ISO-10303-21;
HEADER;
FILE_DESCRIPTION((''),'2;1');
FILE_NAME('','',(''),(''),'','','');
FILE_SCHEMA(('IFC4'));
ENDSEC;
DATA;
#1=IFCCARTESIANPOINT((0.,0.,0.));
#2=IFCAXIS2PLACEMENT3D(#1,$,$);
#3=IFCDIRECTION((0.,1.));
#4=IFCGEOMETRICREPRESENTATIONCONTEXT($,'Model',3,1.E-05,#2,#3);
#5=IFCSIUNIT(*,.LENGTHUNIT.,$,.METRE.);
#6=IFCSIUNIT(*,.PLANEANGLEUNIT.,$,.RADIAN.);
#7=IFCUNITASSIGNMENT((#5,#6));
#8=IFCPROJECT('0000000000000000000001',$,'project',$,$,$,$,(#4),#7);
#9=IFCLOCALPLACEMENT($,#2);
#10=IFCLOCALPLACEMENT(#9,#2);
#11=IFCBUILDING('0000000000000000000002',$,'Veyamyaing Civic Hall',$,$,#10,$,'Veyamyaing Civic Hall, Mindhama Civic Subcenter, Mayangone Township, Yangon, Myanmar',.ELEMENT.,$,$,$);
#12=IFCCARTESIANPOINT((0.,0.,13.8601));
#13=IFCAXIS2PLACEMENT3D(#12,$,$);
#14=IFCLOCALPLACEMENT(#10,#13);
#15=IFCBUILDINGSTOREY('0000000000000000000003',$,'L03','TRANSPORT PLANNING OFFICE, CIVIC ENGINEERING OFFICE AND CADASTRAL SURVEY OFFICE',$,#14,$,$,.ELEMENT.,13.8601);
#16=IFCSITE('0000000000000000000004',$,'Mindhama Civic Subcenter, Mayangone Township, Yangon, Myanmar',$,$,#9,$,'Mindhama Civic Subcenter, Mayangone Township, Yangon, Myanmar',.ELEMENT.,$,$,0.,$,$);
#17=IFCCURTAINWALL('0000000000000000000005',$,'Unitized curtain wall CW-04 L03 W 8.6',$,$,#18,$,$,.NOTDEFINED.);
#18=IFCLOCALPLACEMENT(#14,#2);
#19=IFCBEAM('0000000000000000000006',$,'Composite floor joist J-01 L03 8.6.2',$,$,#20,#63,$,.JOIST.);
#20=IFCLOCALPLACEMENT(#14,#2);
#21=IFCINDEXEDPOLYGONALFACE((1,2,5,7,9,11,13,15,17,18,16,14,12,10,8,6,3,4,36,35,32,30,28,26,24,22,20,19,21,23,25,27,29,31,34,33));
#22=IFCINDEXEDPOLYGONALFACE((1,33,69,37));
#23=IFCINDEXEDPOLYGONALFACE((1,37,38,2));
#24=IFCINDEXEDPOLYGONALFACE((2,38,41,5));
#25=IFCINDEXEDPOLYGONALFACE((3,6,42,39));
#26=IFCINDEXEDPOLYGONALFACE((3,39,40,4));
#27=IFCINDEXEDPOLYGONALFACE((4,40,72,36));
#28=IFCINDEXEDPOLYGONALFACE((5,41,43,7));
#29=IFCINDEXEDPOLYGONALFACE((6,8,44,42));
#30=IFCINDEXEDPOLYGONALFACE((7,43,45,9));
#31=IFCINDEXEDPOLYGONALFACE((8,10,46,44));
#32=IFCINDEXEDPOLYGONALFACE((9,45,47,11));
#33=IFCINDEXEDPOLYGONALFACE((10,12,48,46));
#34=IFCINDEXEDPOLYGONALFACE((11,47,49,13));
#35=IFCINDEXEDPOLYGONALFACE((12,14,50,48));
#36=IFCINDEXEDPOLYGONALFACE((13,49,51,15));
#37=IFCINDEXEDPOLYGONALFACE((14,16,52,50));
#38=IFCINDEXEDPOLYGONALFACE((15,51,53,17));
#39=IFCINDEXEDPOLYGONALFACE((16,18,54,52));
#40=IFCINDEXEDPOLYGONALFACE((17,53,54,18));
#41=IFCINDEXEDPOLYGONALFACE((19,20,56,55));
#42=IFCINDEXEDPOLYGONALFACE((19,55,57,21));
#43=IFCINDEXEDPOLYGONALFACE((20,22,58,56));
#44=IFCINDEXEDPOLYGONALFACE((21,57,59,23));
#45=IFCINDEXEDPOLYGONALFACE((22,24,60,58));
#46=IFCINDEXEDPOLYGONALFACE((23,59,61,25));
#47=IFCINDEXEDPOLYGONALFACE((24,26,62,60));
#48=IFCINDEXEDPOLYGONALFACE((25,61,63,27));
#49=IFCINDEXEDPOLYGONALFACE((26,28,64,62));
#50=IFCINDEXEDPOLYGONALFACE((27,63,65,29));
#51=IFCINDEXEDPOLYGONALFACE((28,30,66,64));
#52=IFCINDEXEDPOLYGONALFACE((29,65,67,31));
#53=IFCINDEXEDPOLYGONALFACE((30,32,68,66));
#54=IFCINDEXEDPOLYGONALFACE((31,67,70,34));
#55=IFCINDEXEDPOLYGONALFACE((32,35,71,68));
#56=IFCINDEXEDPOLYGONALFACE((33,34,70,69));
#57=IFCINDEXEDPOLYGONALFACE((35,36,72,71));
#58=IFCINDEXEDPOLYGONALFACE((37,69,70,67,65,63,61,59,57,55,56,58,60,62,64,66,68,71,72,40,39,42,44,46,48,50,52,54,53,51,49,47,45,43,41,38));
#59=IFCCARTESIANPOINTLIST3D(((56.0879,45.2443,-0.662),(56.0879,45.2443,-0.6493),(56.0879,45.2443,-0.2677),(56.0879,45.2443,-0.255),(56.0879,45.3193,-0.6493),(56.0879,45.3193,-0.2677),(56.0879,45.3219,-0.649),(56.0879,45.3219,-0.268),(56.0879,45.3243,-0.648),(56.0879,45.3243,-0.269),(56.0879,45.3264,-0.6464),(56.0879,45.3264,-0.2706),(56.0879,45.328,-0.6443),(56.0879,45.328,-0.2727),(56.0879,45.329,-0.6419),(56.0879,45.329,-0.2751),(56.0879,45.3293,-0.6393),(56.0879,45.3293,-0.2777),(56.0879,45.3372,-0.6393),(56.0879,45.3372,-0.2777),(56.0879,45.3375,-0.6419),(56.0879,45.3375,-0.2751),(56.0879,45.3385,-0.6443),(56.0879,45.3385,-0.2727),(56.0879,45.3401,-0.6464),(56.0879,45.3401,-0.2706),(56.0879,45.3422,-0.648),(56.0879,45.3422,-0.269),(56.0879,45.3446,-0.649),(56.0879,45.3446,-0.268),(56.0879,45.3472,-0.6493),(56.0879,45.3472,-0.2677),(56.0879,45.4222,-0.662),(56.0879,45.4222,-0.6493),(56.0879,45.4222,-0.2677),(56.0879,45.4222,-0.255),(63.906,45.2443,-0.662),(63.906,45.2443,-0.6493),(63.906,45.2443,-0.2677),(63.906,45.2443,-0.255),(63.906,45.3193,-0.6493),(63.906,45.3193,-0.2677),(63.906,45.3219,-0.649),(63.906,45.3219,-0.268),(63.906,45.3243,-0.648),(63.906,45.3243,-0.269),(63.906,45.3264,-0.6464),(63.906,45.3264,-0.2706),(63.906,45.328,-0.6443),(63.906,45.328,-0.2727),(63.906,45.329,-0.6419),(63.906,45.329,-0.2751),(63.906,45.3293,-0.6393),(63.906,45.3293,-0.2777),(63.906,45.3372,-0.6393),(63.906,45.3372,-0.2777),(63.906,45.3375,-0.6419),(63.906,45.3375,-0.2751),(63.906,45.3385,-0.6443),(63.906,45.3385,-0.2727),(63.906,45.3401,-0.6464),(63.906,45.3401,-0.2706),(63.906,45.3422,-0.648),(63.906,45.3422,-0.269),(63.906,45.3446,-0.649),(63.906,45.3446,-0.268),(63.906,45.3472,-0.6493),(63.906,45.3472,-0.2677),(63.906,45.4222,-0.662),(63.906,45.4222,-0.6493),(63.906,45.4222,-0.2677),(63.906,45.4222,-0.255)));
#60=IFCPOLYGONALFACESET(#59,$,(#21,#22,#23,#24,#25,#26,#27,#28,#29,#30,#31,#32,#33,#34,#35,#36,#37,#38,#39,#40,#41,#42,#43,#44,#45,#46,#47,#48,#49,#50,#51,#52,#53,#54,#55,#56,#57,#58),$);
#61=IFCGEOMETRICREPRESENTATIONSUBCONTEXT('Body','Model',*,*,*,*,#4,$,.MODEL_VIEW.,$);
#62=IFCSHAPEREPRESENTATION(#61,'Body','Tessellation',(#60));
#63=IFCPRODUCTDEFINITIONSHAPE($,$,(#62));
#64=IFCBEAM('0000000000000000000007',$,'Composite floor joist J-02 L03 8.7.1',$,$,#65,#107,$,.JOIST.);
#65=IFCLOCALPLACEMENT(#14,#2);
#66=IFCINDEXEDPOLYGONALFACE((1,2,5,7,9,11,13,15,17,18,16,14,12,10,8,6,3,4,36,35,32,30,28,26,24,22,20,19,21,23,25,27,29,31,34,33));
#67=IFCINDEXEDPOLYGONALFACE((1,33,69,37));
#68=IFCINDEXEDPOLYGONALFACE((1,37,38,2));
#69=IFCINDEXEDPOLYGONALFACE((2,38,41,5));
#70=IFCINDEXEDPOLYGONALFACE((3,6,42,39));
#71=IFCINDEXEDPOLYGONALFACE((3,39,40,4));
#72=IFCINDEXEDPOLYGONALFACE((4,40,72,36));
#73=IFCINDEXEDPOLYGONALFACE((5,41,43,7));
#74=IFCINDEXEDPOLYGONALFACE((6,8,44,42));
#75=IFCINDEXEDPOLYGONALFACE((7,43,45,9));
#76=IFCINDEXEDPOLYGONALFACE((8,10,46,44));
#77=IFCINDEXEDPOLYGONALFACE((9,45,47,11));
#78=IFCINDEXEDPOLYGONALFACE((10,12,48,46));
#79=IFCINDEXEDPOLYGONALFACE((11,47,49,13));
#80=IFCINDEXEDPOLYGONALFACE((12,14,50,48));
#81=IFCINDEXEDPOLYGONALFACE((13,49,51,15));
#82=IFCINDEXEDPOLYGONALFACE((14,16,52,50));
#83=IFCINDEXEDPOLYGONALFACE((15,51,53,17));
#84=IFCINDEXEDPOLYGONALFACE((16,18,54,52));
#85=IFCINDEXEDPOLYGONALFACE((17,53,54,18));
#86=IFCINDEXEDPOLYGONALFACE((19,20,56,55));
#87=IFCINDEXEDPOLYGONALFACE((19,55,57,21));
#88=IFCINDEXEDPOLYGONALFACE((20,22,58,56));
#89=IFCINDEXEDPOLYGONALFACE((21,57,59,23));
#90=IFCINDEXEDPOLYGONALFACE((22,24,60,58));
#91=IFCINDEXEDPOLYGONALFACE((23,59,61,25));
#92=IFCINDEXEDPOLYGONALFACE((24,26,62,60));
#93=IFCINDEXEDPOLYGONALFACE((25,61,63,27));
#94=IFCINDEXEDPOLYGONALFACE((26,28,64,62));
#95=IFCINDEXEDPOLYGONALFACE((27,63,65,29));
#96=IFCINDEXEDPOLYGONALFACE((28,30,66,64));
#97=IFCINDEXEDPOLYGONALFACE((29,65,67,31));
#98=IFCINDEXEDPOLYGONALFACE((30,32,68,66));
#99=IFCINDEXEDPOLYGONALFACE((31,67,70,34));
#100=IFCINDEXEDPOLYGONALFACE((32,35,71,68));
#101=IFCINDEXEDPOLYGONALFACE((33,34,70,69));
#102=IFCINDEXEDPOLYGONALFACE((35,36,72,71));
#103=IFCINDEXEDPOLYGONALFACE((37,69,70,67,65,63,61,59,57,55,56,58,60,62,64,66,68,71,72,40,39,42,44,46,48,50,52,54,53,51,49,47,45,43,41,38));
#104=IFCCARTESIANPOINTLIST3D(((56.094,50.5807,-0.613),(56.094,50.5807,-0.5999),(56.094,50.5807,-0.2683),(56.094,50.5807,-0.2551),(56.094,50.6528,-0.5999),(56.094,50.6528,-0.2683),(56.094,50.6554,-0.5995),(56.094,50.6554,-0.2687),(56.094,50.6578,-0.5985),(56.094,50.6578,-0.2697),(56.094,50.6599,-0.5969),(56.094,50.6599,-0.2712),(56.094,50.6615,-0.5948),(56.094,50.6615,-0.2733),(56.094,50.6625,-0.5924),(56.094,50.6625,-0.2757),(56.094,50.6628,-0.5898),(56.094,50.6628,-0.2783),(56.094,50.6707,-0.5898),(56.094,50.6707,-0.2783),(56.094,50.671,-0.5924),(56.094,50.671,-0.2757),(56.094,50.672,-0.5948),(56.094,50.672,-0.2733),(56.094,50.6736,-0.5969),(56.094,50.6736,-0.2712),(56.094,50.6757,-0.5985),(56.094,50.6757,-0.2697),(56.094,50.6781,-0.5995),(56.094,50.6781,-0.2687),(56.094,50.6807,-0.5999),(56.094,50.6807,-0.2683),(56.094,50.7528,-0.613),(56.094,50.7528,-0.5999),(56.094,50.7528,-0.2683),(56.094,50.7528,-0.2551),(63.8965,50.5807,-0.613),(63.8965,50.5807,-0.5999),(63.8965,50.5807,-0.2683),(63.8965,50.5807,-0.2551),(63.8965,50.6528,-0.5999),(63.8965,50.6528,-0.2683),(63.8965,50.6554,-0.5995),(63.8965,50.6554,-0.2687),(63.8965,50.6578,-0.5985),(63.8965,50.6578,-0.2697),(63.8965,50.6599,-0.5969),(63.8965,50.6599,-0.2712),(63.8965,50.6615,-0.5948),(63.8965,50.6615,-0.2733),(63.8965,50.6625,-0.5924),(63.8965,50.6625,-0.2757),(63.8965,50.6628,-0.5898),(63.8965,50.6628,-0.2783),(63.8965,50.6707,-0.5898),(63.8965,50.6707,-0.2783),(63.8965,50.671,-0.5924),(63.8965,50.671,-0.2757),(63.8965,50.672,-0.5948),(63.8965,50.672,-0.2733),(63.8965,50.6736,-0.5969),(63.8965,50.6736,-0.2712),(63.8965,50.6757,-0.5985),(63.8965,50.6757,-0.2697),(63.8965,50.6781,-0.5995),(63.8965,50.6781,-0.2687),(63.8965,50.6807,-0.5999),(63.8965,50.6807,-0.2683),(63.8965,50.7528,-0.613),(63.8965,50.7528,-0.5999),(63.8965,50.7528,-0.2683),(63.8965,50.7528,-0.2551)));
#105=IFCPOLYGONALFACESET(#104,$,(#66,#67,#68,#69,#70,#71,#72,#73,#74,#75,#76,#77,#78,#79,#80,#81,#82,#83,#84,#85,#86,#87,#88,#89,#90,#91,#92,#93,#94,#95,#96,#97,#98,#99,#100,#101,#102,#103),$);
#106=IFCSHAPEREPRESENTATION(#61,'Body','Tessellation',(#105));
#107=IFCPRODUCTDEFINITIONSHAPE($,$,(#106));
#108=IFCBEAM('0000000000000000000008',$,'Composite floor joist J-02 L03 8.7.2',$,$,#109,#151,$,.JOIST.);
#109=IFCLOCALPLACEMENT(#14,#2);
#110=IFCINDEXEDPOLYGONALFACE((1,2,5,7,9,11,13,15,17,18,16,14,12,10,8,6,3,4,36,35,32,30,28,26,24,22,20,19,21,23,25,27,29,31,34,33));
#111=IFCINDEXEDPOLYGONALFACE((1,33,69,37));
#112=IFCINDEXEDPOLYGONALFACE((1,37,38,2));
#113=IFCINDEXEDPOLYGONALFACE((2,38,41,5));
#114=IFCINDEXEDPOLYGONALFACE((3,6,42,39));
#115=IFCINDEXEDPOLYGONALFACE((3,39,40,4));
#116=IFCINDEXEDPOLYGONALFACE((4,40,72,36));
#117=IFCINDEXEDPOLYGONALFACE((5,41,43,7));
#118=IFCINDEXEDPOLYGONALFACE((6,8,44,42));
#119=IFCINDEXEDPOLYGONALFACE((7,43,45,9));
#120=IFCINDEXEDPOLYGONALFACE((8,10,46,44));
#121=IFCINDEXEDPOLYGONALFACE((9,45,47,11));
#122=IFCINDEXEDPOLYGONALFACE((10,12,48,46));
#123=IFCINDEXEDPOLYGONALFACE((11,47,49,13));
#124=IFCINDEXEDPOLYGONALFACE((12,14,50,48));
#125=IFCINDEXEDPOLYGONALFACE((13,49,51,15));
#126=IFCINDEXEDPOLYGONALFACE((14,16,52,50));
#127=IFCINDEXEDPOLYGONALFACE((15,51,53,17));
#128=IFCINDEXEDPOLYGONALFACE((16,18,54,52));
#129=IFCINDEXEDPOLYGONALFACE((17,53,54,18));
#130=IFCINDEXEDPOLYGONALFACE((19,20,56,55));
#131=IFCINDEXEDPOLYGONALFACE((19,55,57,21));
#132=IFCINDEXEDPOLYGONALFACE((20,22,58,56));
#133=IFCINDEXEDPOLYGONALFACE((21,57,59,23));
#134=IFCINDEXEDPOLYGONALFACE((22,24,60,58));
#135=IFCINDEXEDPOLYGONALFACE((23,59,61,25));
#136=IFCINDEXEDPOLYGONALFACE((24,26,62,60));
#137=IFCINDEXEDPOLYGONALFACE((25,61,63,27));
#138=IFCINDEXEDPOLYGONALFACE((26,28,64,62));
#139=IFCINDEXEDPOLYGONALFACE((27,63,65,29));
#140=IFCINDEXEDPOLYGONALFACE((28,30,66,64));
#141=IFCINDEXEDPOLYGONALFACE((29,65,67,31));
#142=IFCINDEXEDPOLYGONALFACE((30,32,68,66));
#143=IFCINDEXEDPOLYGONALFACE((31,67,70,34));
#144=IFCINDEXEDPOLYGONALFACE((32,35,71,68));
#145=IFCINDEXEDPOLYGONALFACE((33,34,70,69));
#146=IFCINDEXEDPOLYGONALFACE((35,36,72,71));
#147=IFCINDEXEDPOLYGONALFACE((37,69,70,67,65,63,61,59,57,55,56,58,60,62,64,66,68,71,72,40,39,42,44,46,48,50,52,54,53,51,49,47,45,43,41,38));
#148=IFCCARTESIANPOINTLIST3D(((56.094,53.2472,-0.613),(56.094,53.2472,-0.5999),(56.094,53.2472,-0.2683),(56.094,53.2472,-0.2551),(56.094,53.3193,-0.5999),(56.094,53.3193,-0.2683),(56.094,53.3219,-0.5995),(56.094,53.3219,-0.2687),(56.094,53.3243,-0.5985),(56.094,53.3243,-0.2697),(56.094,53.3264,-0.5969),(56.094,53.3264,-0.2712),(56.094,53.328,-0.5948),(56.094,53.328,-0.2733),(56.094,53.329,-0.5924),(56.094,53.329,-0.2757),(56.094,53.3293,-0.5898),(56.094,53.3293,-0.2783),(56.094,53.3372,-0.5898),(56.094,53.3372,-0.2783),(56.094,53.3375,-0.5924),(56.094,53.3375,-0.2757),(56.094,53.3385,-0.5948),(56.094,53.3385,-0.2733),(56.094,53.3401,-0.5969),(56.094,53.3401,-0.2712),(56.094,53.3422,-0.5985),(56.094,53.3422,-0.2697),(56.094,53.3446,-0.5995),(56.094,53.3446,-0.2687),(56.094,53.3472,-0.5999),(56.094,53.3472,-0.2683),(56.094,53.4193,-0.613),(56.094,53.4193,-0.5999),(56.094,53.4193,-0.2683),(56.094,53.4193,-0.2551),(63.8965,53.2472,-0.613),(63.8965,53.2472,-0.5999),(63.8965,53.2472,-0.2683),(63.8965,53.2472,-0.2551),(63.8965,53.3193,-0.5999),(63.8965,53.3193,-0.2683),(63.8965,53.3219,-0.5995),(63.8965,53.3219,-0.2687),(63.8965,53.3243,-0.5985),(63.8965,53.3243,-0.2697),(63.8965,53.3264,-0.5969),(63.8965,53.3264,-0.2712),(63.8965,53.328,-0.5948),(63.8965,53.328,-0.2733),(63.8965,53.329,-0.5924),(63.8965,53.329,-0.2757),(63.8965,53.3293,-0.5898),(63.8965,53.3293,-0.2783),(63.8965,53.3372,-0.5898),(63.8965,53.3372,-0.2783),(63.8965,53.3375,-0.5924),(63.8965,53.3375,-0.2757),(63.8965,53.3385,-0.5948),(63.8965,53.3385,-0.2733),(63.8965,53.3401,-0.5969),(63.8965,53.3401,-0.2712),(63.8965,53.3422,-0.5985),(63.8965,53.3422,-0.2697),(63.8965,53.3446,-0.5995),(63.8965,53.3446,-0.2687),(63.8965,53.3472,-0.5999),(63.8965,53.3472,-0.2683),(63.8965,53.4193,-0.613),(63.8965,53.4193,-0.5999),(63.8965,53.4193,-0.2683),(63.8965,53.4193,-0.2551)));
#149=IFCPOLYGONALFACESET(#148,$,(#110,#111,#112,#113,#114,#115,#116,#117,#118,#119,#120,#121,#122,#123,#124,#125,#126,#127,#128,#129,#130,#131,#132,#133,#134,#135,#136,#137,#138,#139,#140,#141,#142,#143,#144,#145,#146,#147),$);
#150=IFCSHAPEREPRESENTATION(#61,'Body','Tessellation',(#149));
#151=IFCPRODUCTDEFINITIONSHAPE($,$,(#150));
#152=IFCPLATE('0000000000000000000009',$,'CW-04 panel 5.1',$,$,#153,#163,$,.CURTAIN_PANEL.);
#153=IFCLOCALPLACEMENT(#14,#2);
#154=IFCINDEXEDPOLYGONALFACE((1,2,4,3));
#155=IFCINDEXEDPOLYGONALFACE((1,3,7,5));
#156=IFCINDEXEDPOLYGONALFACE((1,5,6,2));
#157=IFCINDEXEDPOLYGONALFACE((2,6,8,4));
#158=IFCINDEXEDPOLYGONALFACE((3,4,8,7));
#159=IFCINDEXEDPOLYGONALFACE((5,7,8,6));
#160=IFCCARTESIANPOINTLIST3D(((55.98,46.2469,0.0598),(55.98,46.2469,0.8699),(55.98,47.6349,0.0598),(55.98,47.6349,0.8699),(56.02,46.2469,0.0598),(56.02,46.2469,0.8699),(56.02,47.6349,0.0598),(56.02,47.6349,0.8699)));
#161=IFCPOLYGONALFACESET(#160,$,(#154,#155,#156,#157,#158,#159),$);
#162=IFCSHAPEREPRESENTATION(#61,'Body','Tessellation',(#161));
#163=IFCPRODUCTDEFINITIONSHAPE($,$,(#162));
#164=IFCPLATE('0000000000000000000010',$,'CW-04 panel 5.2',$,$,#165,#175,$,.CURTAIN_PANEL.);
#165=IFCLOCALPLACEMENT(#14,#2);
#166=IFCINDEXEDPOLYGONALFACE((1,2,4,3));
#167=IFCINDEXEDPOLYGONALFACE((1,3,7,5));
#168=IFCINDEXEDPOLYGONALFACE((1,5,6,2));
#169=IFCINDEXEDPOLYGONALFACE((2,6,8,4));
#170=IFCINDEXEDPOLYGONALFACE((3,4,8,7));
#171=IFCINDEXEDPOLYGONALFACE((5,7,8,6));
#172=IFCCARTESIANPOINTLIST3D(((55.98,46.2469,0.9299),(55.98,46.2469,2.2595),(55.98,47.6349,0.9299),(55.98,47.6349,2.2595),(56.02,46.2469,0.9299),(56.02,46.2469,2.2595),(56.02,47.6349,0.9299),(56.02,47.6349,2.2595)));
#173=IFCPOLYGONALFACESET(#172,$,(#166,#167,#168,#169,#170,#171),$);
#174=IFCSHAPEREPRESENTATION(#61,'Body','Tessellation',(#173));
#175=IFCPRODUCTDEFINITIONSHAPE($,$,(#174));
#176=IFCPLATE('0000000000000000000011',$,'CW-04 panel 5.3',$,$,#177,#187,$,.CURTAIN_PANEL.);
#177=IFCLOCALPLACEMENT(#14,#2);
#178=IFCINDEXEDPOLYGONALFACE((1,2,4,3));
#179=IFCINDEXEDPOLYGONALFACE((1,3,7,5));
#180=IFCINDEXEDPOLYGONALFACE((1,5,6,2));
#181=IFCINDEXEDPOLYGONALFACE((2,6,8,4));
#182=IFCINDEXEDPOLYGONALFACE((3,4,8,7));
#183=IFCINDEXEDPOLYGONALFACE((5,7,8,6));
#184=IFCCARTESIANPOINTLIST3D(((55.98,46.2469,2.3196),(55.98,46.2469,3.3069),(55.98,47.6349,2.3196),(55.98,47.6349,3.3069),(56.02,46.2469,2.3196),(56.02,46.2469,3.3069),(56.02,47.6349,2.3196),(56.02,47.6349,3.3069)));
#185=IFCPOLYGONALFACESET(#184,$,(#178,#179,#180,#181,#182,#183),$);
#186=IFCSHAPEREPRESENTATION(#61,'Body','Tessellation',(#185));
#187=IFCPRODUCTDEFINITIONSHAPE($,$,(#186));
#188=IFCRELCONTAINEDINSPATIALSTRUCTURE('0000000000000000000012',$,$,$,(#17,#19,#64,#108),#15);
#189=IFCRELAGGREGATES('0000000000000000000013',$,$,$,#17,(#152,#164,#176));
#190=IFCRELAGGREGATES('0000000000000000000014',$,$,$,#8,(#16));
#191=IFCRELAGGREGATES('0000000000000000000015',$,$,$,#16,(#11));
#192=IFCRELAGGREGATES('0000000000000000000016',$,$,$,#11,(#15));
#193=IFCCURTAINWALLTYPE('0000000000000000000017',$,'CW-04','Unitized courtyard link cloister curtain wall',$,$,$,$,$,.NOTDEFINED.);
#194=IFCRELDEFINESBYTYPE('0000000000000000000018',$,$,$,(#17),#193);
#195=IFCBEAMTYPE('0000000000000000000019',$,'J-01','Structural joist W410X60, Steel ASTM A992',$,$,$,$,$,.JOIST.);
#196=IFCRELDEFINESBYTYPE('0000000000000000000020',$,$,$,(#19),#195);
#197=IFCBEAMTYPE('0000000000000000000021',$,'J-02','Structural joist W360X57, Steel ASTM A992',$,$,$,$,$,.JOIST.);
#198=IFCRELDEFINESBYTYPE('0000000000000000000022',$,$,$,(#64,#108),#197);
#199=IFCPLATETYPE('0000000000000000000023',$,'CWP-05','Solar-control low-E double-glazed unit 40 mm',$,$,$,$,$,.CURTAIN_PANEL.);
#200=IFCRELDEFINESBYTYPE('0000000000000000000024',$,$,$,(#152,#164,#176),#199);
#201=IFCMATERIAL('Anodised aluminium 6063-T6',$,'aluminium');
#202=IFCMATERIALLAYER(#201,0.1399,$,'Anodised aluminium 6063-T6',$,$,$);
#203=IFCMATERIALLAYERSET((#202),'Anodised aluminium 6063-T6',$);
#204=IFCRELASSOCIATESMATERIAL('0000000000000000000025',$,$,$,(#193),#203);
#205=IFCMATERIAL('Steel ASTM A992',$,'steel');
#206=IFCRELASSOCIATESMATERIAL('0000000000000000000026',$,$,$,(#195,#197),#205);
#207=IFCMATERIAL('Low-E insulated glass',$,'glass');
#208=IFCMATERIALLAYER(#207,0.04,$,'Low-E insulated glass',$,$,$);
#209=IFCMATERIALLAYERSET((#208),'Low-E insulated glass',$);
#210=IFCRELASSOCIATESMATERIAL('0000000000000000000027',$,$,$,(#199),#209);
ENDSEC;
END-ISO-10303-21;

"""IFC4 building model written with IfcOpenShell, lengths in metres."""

from ifc_helpers import new_model, si_unit, direction, frame, origin, origin_2d, place, context, subcontext, project, spatial, rectangle, i_section, extrude, material, layer, layer_set, material_profile, profile_set, type_object, element, aggregate, save


model = new_model("IFC4")

# Units and contexts
model_context = context("Model", 3, precision=1e-05, world=origin(), true_north=direction((0.0, 1.0)))
body_context = subcontext(model_context, "Body", "Model", "MODEL_VIEW")
ifc_project = project(units=[si_unit("LENGTHUNIT", "METRE"), si_unit("PLANEANGLEUNIT", "RADIAN")], contexts=[model_context])

# Site, building, storey
site_placement = place(None, origin())
site = spatial("IfcSite", under=ifc_project, at=site_placement, Name="Mindhama Civic Subcenter, Mayangone Township, Yangon, Myanmar", LongName="Mindhama Civic Subcenter, Mayangone Township, Yangon, Myanmar", CompositionType="ELEMENT", RefElevation=0.0)
building_placement = place(site_placement, origin())
building = spatial("IfcBuilding", under=site, at=building_placement, Name="Veyamyaing Civic Hall", LongName="Veyamyaing Civic Hall, Mindhama Civic Subcenter, Mayangone Township, Yangon, Myanmar", CompositionType="ELEMENT")
storey_placement = place(building_placement, frame((0.0, 0.0, 13.8601)))
storey = spatial("IfcBuildingStorey", under=building, at=storey_placement, Name="L03", Description="TRANSPORT PLANNING OFFICE, CIVIC ENGINEERING OFFICE AND CADASTRAL SURVEY OFFICE", CompositionType="ELEMENT", Elevation=13.8601)

# Shared definitions
ifc_material_1 = material(Name="Steel ASTM A992", Category="steel")

# Curtain wall
ifc_material_2 = material(Name="Anodised aluminium 6063-T6", Category="aluminium")
ifc_layer_1 = layer(ifc_material_2, 0.1399, Name="Anodised aluminium 6063-T6")
ifc_layer_set_1 = layer_set([ifc_layer_1], Name="Anodised aluminium 6063-T6")
curtain_wall_type = type_object("IfcCurtainWallType", Name="CW-04", Description="Unitized courtyard link cloister curtain wall", PredefinedType="NOTDEFINED", material=ifc_layer_set_1)
curtain_wall_placement = place(storey_placement, origin())
curtain_wall = element("IfcCurtainWall", 1, at=curtain_wall_placement, inside=storey, type_object=curtain_wall_type, Name="Unitized curtain wall CW-04 L03 W 8.6", PredefinedType="NOTDEFINED")

# Beams
ifc_material_profile_1 = material_profile(ifc_material_1, i_section(OverallWidth=0.178, OverallDepth=0.407, WebThickness=0.0078, FlangeThickness=0.0127, FilletRadius=0.01, at=origin_2d()), Name="W410X60")
ifc_profile_set_1 = profile_set([ifc_material_profile_1], Name="Steel ASTM A992")
beam_type_1 = type_object("IfcBeamType", Name="J-01", Description="Structural joist W410X60, Steel ASTM A992", PredefinedType="JOIST", material=ifc_profile_set_1)
beam_1_placement = place(storey_placement, frame((56.0879, 45.3333, -0.4585), z_axis=(1.0, 0.0, 0.0), x_axis=(0.0, 1.0, 0.0)))
element("IfcBeam", 2, at=beam_1_placement, inside=storey, type_object=beam_type_1, Name="Composite floor joist J-01 L03 8.6.2", PredefinedType="JOIST", context=body_context, shape_type="SweptSolid", body=[
    extrude(i_section(OverallWidth=0.178, OverallDepth=0.407, WebThickness=0.0078, FlangeThickness=0.0127, FilletRadius=0.01, at=origin_2d()), origin(), (0.0, 0.0, 1.0), 7.8181),
])
ifc_material_profile_2 = material_profile(ifc_material_1, i_section(OverallWidth=0.1721, OverallDepth=0.3579, WebThickness=0.0078, FlangeThickness=0.0132, FilletRadius=0.01, at=origin_2d()), Name="W360X57")
ifc_profile_set_2 = profile_set([ifc_material_profile_2], Name="Steel ASTM A992")
beam_type_2 = type_object("IfcBeamType", Name="J-02", Description="Structural joist W360X57, Steel ASTM A992", PredefinedType="JOIST", material=ifc_profile_set_2)
for number, where, z_axis, x_axis, name in (
    (3, (56.094, 50.6667, -0.4341), (1.0, 0.0, 0.0), (0.0, 1.0, 0.0), "Composite floor joist J-02 L03 8.7.1"),
    (4, (56.094, 53.3333, -0.4341), (1.0, 0.0, 0.0), (0.0, 1.0, 0.0), "Composite floor joist J-02 L03 8.7.2"),
):
    element("IfcBeam", number, at=place(storey_placement, frame(where, z_axis=z_axis, x_axis=x_axis)), inside=storey, type_object=beam_type_2, Name=name, PredefinedType="JOIST", context=body_context, shape_type="SweptSolid", body=[
        extrude(i_section(OverallWidth=0.1721, OverallDepth=0.3579, WebThickness=0.0078, FlangeThickness=0.0132, FilletRadius=0.01, at=origin_2d()), origin(), (0.0, 0.0, 1.0), 7.8025),
    ])

# Plates
ifc_material_3 = material(Name="Low-E insulated glass", Category="glass")
ifc_layer_2 = layer(ifc_material_3, 0.04, Name="Low-E insulated glass")
ifc_layer_set_2 = layer_set([ifc_layer_2], Name="Low-E insulated glass")
plate_type = type_object("IfcPlateType", Name="CWP-05", Description="Solar-control low-E double-glazed unit 40 mm", PredefinedType="CURTAIN_PANEL", material=ifc_layer_set_2)
plate_1_placement = place(storey_placement, frame((56.0, 46.9409, 0.0598), z_axis=(0.0, 0.0, 1.0), x_axis=(0.0, 1.0, 0.0)))
plate_1 = element("IfcPlate", 5, at=plate_1_placement, type_object=plate_type, Name="CW-04 panel 5.1", PredefinedType="CURTAIN_PANEL", context=body_context, shape_type="SweptSolid", body=[
    extrude(rectangle(XDim=1.3879, YDim=0.04, at=origin_2d()), origin(), (0.0, 0.0, 1.0), 0.8101),
])
plate_2_placement = place(storey_placement, frame((56.0, 46.9409, 0.9299), z_axis=(0.0, 0.0, 1.0), x_axis=(0.0, 1.0, 0.0)))
plate_2 = element("IfcPlate", 6, at=plate_2_placement, type_object=plate_type, Name="CW-04 panel 5.2", PredefinedType="CURTAIN_PANEL", context=body_context, shape_type="SweptSolid", body=[
    extrude(rectangle(XDim=1.3879, YDim=0.04, at=origin_2d()), origin(), (0.0, 0.0, 1.0), 1.3296),
])
plate_3_placement = place(storey_placement, frame((56.0, 46.9409, 2.3196), z_axis=(0.0, 0.0, 1.0), x_axis=(0.0, 1.0, 0.0)))
plate_3 = element("IfcPlate", 7, at=plate_3_placement, type_object=plate_type, Name="CW-04 panel 5.3", PredefinedType="CURTAIN_PANEL", context=body_context, shape_type="SweptSolid", body=[
    extrude(rectangle(XDim=1.3879, YDim=0.04, at=origin_2d()), origin(), (0.0, 0.0, 1.0), 0.9873),
])
aggregate(curtain_wall, [plate_1, plate_2, plate_3])

save(model, "model.ifc")
